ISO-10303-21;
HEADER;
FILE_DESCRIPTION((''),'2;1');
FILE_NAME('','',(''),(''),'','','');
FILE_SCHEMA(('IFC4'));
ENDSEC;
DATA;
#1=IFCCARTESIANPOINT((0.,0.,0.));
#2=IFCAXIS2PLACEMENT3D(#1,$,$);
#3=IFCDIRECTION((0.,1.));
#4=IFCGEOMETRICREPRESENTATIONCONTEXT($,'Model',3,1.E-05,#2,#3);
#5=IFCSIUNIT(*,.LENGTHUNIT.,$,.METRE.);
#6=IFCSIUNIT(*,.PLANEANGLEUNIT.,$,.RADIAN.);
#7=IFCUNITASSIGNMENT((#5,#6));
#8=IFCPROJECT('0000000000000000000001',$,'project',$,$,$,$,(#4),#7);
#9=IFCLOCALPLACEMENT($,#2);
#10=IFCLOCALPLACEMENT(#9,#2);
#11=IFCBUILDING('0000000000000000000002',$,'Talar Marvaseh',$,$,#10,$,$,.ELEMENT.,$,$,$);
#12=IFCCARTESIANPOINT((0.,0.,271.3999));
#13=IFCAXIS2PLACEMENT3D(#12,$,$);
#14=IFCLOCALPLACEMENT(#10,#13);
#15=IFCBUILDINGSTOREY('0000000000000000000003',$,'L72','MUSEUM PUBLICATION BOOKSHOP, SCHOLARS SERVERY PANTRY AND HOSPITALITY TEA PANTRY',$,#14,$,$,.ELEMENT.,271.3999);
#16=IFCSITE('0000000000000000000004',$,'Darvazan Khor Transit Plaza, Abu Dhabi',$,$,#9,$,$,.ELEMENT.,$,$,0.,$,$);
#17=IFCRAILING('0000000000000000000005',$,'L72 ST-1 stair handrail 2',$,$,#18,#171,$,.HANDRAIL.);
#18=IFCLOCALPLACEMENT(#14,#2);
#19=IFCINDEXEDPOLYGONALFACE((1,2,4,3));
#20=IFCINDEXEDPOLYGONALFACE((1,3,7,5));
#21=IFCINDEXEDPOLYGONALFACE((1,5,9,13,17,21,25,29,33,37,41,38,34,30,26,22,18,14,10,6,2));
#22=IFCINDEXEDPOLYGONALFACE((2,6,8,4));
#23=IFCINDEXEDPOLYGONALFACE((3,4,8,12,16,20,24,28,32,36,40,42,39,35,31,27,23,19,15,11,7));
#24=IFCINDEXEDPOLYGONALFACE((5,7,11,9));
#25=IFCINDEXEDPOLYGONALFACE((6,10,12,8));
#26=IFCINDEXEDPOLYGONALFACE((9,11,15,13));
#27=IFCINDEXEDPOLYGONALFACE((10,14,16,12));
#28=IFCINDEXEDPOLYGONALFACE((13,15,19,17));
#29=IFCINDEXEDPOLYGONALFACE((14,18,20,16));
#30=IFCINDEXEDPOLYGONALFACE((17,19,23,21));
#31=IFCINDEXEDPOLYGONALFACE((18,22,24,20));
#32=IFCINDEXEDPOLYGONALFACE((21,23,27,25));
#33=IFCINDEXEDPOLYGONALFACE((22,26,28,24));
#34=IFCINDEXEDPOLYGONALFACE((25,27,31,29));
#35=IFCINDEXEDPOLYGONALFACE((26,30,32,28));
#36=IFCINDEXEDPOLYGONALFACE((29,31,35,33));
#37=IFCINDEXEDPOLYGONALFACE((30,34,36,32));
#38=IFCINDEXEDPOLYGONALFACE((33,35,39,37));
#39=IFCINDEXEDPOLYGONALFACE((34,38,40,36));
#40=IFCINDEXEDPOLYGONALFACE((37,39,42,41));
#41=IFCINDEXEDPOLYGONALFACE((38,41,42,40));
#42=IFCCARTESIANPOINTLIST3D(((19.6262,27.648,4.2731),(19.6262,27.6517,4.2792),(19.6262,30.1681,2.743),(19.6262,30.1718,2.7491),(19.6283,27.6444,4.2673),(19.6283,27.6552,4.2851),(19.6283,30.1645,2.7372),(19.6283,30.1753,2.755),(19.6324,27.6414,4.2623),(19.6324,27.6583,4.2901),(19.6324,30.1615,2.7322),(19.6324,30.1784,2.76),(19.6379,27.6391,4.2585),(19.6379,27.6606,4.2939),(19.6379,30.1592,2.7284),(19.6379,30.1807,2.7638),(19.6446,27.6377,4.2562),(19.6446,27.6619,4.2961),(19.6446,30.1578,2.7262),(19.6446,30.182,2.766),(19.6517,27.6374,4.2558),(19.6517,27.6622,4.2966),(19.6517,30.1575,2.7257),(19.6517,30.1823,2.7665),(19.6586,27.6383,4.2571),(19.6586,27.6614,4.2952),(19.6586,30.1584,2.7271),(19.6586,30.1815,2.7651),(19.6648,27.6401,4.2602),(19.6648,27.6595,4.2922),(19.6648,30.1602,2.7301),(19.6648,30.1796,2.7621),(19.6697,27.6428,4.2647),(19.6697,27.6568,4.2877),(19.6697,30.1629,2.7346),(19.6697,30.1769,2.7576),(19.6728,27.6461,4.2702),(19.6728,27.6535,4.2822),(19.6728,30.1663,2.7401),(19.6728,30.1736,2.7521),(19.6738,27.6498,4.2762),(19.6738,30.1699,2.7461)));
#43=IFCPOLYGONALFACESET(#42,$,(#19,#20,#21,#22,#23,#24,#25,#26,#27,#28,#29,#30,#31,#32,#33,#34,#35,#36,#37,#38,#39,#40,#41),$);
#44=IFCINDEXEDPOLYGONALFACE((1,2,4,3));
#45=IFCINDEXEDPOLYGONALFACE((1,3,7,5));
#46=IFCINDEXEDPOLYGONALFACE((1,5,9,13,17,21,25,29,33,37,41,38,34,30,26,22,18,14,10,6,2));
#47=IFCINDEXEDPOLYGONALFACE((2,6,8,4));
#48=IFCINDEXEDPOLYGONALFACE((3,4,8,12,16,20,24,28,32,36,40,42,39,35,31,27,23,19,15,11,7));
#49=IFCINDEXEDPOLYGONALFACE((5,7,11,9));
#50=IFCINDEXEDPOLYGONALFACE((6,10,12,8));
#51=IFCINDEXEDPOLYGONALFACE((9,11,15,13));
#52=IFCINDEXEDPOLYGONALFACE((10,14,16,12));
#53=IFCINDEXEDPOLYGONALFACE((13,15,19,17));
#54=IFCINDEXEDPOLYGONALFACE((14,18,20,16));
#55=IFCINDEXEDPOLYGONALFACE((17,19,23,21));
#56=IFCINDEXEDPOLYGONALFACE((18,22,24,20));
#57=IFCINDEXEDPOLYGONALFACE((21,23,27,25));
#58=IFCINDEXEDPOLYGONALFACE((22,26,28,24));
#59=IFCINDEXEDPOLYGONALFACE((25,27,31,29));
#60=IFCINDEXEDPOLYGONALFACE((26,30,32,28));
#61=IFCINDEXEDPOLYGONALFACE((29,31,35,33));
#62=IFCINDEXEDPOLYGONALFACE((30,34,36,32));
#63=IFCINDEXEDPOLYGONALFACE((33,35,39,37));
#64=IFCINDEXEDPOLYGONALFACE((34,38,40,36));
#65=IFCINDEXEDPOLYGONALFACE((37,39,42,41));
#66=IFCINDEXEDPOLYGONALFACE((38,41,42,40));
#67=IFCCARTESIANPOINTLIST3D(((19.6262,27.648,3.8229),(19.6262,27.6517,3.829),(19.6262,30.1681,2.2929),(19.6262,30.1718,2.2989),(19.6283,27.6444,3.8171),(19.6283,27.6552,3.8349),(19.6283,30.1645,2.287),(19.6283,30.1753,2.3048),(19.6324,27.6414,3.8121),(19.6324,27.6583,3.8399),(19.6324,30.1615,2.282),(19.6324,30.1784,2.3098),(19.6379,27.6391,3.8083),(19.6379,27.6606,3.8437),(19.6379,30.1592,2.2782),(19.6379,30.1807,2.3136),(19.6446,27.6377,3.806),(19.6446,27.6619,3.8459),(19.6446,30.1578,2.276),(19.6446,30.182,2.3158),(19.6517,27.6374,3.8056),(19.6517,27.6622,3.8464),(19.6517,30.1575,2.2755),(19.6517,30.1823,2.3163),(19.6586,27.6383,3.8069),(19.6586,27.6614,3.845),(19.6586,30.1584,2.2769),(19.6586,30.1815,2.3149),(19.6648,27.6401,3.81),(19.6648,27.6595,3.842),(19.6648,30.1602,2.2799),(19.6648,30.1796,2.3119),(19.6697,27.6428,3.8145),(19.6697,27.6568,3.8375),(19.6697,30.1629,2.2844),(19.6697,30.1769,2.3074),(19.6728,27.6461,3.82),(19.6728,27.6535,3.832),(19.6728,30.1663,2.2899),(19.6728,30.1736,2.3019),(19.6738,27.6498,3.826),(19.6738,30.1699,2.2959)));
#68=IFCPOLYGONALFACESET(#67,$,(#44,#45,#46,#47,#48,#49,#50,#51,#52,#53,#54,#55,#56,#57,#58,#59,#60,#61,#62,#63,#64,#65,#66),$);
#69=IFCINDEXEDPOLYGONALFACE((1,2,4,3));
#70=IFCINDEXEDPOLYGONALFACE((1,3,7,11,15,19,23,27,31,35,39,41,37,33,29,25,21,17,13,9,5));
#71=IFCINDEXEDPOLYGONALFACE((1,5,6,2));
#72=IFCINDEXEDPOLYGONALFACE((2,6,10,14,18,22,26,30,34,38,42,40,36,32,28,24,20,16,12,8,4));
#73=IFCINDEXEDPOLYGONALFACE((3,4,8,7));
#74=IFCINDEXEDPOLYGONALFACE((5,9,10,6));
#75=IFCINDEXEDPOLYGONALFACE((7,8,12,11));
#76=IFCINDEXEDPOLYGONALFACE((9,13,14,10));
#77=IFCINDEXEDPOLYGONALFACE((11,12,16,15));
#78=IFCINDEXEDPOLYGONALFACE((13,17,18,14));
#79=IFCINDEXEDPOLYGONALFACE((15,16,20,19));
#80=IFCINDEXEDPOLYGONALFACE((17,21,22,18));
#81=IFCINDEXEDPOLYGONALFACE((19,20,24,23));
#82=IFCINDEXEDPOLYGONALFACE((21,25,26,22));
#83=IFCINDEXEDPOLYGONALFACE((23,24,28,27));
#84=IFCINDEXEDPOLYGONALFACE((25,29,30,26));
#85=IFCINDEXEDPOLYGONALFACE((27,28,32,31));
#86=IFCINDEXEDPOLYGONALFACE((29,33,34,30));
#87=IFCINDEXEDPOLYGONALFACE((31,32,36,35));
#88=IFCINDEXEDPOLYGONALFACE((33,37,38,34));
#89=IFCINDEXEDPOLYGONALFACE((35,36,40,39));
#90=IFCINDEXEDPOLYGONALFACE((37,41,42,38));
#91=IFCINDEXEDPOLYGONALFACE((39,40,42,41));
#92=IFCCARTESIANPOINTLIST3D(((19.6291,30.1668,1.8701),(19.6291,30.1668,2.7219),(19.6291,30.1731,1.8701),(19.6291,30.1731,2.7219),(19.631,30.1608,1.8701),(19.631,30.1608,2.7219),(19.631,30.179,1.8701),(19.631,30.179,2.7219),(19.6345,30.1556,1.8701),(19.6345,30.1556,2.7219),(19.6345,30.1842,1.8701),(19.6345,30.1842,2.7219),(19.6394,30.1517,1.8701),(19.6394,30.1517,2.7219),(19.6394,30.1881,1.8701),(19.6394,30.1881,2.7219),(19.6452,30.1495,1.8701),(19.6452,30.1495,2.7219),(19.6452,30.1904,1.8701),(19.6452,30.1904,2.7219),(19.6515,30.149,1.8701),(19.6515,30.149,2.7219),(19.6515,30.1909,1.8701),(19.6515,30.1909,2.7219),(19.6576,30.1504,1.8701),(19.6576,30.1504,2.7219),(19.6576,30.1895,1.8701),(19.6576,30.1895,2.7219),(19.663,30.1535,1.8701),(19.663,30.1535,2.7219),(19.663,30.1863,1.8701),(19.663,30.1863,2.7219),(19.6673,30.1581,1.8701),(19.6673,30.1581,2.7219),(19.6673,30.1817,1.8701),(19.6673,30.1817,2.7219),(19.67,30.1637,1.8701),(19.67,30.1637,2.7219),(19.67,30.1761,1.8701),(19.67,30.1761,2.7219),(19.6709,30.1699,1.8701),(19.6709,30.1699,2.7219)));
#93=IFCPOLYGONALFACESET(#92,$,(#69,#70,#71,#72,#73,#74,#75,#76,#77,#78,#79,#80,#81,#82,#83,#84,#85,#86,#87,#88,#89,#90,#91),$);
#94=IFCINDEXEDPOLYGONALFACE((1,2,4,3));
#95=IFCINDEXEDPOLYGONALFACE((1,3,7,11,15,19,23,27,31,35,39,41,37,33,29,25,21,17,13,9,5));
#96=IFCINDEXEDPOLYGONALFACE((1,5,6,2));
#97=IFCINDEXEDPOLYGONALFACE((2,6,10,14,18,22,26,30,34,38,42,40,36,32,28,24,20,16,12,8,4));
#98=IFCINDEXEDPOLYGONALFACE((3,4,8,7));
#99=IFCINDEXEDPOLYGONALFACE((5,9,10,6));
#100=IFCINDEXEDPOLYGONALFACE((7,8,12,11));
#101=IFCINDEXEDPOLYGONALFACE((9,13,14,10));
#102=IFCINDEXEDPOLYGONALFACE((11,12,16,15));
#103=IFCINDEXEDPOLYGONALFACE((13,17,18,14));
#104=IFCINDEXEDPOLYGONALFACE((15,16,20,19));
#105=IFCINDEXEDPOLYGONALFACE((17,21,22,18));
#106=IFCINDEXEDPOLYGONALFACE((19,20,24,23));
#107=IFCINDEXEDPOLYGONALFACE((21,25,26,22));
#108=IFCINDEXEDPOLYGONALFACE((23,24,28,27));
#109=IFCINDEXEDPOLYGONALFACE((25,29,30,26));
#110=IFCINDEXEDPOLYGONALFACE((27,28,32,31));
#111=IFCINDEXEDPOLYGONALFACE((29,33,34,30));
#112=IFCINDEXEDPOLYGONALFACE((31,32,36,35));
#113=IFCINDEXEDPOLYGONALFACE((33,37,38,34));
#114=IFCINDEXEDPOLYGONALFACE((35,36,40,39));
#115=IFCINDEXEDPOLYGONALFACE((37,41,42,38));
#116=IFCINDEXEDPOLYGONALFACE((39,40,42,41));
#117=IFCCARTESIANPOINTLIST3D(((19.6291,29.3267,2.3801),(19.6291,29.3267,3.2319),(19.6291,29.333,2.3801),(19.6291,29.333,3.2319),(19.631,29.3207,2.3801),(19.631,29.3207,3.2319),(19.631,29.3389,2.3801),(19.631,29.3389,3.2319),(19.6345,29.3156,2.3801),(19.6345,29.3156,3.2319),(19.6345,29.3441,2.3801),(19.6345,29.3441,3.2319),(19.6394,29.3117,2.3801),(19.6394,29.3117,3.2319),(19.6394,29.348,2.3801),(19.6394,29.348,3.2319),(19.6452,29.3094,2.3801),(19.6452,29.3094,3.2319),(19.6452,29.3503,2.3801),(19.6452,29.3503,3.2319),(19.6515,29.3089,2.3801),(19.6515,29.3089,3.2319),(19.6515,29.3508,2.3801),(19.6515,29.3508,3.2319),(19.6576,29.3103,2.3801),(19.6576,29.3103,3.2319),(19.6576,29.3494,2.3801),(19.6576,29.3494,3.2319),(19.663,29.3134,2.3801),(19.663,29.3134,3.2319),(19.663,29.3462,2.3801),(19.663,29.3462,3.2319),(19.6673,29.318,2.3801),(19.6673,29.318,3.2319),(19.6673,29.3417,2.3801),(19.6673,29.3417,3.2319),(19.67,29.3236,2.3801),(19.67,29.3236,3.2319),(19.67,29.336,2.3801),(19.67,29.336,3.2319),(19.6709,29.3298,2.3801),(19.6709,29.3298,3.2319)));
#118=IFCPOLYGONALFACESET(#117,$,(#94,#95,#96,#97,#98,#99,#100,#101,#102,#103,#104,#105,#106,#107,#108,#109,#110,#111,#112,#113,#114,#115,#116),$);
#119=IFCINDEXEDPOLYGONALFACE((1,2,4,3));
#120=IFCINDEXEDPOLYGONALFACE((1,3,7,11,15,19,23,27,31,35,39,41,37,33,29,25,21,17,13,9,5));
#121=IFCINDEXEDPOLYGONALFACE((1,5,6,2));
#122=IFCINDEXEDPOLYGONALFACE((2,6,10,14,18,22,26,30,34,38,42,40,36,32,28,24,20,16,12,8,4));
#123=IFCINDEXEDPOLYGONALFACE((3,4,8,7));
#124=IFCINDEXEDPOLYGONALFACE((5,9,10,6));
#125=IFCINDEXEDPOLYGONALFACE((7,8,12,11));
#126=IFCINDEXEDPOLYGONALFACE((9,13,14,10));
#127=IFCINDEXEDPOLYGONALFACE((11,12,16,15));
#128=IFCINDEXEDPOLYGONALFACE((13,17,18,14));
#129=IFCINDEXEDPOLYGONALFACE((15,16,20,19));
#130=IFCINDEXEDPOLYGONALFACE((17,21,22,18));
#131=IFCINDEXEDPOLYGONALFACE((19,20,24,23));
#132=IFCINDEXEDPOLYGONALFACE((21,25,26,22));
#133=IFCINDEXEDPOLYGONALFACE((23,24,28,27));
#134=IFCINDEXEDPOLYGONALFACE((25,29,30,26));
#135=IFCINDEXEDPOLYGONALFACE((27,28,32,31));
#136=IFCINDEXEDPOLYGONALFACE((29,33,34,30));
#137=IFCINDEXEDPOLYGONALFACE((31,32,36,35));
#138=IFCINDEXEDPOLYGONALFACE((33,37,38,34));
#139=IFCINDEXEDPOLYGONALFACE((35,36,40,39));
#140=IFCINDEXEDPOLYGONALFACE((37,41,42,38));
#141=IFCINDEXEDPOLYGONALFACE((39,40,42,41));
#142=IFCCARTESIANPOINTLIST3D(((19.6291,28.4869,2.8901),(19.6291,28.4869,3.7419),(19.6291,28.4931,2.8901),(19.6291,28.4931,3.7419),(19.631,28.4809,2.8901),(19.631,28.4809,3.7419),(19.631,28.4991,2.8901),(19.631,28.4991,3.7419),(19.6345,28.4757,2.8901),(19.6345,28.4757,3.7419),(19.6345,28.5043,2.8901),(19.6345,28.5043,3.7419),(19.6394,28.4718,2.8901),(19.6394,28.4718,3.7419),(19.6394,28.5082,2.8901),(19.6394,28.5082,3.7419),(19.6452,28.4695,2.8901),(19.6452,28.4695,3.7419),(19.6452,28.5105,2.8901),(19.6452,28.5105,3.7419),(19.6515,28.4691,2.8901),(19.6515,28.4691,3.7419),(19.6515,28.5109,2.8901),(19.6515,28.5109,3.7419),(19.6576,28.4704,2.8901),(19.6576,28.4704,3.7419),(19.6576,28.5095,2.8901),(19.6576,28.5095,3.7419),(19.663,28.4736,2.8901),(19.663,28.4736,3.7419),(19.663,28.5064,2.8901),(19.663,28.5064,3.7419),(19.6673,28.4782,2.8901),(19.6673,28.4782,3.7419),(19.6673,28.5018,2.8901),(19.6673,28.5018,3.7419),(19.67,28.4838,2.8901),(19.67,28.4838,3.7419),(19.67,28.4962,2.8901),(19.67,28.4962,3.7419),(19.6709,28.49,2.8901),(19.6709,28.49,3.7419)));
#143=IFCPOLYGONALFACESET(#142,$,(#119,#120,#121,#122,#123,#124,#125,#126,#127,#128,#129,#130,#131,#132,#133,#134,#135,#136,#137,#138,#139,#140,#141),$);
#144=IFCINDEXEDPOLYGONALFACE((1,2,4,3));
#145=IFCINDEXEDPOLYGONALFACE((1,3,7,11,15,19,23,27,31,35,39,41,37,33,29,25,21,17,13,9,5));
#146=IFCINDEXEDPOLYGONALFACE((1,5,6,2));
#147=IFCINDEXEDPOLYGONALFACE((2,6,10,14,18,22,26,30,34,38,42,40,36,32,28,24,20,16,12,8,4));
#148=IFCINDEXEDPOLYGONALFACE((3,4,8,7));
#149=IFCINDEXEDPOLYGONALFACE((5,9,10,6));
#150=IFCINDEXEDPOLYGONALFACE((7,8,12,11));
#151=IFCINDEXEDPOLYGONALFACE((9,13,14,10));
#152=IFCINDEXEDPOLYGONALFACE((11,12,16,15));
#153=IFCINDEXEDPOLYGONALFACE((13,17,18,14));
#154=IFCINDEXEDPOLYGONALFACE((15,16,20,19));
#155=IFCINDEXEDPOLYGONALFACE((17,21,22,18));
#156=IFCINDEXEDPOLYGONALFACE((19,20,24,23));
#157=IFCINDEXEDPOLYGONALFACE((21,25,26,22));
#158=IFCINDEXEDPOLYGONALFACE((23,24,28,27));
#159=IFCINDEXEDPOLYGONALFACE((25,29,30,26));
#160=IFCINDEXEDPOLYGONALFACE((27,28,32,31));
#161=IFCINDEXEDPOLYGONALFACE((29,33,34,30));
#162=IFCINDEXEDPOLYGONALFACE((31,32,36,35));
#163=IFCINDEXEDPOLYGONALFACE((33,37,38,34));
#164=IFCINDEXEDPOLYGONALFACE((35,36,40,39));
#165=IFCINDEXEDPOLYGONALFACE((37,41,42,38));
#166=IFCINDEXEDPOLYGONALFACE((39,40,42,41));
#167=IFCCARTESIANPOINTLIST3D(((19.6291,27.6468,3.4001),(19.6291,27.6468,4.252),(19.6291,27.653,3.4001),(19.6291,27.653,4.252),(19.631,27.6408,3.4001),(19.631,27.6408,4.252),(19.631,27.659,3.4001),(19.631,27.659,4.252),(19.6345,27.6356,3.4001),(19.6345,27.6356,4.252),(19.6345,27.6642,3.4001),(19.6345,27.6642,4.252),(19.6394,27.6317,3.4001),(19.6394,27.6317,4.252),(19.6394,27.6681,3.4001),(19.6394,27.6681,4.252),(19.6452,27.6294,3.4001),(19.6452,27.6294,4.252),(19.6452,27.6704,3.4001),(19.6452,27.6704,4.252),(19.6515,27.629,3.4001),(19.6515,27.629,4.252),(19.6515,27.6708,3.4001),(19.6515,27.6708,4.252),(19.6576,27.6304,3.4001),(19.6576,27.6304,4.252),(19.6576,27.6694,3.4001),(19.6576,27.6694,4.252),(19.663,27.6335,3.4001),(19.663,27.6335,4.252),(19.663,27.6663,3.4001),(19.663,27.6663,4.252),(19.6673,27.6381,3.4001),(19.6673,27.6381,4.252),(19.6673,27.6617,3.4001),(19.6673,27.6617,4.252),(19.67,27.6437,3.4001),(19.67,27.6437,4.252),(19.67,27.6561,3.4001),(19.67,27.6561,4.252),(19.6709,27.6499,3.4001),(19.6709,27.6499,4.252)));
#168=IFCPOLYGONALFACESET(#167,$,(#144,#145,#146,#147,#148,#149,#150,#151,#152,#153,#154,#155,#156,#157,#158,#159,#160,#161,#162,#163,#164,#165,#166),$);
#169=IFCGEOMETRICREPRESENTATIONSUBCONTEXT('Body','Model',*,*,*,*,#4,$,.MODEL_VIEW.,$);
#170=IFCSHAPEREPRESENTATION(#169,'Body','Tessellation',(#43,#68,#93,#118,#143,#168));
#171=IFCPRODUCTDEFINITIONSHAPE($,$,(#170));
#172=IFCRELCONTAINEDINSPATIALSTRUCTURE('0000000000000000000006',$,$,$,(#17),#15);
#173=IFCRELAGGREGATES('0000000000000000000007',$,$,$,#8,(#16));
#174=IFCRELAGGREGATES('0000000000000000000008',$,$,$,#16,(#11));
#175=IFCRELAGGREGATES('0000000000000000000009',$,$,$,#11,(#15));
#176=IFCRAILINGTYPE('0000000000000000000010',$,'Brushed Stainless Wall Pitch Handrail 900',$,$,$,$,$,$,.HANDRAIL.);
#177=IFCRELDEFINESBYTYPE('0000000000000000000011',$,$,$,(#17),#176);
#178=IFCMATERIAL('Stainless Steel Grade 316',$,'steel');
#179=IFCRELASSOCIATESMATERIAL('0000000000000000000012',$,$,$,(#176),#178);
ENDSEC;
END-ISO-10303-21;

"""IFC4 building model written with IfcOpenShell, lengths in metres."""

from ifc_helpers import new_model, si_unit, direction, frame, origin, origin_2d, place, context, subcontext, project, spatial, circle, extrude, material, type_object, element, save


model = new_model("IFC4")

# Units and contexts
model_context = context("Model", 3, precision=1e-05, world=origin(), true_north=direction((0.0, 1.0)))
body_context = subcontext(model_context, "Body", "Model", "MODEL_VIEW")
ifc_project = project(units=[si_unit("LENGTHUNIT", "METRE"), si_unit("PLANEANGLEUNIT", "RADIAN")], contexts=[model_context])

# Site, building, storey
site_placement = place(None, origin())
site = spatial("IfcSite", under=ifc_project, at=site_placement, Name="Darvazan Khor Transit Plaza, Abu Dhabi", CompositionType="ELEMENT", RefElevation=0.0)
building_placement = place(site_placement, origin())
building = spatial("IfcBuilding", under=site, at=building_placement, Name="Talar Marvaseh", CompositionType="ELEMENT")
storey_placement = place(building_placement, frame((0.0, 0.0, 271.3999)))
storey = spatial("IfcBuildingStorey", under=building, at=storey_placement, Name="L72", Description="MUSEUM PUBLICATION BOOKSHOP, SCHOLARS SERVERY PANTRY AND HOSPITALITY TEA PANTRY", CompositionType="ELEMENT", Elevation=271.3999)

# Railing
ifc_material_1 = material(Name="Stainless Steel Grade 316", Category="steel")
railing_type_1 = type_object("IfcRailingType", Name="Brushed Stainless Wall Pitch Handrail 900", PredefinedType="HANDRAIL", material=ifc_material_1)
railing_1_placement = place(storey_placement, frame((19.6499, 30.1699, 1.8701)))
element("IfcRailing", 1, at=railing_1_placement, inside=storey, type_object=railing_type_1, Name="L72 ST-1 stair handrail 2", PredefinedType="HANDRAIL", context=body_context, shape_type="SweptSolid", body=[
    extrude(circle(Radius=0.0239, at=origin_2d()), frame((0.0, 0.0, 0.876), z_axis=(0.0, -0.854785, 0.518982), x_axis=(1.0, 0.0, 0.0)), (0.0, 0.0, 1.0), 2.9482),
    extrude(circle(Radius=0.0239, at=origin_2d()), frame((0.0, 0.0, 0.4258), z_axis=(0.0, -0.854785, 0.518982), x_axis=(1.0, 0.0, 0.0)), (0.0, 0.0, 1.0), 2.9482),
    extrude(circle(Radius=0.021, at=origin_2d()), origin(), (0.0, 0.0, 1.0), 0.8518),
    extrude(circle(Radius=0.021, at=origin_2d()), frame((0.0, -0.8401, 0.51)), (0.0, 0.0, 1.0), 0.8518),
    extrude(circle(Radius=0.021, at=origin_2d()), frame((0.0, -1.6799, 1.02)), (0.0, 0.0, 1.0), 0.8518),
    extrude(circle(Radius=0.021, at=origin_2d()), frame((0.0, -2.52, 1.53)), (0.0, 0.0, 1.0), 0.8518),
])

save(model, "model.ifc")
